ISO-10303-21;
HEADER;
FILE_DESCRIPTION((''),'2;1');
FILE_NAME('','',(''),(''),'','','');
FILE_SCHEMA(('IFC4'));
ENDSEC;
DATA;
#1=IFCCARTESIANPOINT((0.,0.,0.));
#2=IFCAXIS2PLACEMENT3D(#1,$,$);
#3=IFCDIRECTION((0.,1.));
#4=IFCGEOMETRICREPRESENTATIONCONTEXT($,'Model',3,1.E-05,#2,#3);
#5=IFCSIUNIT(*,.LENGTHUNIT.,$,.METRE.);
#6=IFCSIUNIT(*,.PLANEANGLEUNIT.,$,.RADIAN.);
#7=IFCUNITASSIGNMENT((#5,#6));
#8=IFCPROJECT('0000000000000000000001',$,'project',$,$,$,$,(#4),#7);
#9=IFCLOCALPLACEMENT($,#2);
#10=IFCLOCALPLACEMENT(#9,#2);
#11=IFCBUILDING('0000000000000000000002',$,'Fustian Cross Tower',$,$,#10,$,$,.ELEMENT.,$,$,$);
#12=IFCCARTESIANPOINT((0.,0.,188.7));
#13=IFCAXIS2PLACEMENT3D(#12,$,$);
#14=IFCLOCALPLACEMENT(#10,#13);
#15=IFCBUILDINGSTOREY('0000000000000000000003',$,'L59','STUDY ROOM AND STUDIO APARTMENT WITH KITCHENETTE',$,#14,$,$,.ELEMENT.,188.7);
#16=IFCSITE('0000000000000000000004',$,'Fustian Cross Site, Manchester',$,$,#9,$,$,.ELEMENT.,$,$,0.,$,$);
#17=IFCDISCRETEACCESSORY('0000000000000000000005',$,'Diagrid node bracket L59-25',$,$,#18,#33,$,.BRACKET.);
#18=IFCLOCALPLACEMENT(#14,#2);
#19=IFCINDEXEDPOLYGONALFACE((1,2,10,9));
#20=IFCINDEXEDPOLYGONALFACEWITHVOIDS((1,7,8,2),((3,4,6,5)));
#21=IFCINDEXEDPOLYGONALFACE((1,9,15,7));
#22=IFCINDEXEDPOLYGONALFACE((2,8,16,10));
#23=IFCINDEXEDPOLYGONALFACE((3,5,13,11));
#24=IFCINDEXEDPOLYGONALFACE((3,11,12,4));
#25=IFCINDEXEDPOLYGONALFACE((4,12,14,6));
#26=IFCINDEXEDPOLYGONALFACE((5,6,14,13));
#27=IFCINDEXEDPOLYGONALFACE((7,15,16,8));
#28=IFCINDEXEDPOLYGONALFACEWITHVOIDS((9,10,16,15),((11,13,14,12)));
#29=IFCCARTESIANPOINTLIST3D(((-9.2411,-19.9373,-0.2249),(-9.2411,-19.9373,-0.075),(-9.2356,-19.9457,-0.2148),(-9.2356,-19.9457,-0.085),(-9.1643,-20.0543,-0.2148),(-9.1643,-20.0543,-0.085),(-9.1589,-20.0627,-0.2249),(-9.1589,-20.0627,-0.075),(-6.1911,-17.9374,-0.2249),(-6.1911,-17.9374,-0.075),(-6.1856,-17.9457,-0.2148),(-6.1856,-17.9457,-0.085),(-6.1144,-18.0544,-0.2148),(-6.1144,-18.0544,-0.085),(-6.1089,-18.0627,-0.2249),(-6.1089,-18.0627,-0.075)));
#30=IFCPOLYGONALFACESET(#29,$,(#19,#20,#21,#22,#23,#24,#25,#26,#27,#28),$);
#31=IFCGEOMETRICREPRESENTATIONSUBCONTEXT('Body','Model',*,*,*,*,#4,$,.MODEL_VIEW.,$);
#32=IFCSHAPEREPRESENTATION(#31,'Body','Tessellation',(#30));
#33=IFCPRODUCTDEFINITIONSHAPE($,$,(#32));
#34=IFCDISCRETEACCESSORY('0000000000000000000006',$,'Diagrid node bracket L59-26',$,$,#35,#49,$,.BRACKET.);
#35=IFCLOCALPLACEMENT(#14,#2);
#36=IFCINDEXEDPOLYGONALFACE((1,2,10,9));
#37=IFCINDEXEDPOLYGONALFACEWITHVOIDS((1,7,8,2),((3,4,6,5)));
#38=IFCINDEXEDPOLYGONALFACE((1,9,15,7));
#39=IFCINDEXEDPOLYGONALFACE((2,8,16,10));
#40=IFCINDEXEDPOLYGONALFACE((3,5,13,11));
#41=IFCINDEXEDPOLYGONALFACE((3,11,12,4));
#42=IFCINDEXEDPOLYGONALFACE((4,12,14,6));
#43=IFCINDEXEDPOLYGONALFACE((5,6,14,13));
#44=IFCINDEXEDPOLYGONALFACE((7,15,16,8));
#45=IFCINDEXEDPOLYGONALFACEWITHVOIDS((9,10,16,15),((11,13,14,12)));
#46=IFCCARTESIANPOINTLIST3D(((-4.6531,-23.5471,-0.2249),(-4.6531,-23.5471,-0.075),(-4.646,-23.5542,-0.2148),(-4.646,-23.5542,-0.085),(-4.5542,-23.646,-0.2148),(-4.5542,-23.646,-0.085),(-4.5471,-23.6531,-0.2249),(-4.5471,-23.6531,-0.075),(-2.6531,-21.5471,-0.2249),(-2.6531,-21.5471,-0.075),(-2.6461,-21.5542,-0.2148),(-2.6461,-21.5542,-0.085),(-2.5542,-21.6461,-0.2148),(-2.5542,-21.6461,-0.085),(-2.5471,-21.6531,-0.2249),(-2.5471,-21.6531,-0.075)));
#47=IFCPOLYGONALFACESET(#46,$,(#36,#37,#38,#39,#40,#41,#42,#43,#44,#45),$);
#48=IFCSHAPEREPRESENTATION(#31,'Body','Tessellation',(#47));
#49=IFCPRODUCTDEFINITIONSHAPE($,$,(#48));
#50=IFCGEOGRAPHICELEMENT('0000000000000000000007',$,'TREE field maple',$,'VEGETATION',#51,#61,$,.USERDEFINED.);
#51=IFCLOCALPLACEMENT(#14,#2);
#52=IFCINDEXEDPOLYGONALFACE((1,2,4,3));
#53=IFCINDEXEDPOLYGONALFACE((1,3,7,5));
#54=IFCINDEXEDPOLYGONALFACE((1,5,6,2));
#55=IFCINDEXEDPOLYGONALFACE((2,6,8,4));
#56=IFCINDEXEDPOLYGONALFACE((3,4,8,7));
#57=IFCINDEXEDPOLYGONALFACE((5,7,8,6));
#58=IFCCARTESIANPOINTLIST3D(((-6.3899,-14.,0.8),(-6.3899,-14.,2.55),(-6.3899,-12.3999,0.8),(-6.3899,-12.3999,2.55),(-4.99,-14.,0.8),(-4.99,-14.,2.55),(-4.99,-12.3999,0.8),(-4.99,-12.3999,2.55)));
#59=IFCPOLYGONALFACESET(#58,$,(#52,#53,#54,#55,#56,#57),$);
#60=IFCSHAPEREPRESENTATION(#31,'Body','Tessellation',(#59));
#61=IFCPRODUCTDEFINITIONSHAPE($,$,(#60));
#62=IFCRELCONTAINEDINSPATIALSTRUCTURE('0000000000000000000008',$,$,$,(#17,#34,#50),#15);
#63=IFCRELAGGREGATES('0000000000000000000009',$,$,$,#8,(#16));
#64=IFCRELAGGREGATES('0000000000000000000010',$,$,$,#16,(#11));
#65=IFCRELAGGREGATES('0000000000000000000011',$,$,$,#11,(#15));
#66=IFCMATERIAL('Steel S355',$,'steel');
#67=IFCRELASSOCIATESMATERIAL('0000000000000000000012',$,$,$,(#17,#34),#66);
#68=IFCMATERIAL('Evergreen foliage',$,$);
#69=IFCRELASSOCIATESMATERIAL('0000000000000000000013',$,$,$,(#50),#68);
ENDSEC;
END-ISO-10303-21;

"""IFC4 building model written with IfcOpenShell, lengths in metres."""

from ifc_helpers import new_model, si_unit, direction, frame, origin, origin_2d, place, context, subcontext, project, spatial, rectangle, hollow_rectangle, extrude, material, element, save


model = new_model("IFC4")

# Units and contexts
model_context = context("Model", 3, precision=1e-05, world=origin(), true_north=direction((0.0, 1.0)))
body_context = subcontext(model_context, "Body", "Model", "MODEL_VIEW")
ifc_project = project(units=[si_unit("LENGTHUNIT", "METRE"), si_unit("PLANEANGLEUNIT", "RADIAN")], contexts=[model_context])

# Site, building, storey
site_placement = place(None, origin())
site = spatial("IfcSite", under=ifc_project, at=site_placement, Name="Fustian Cross Site, Manchester", CompositionType="ELEMENT", RefElevation=0.0)
building_placement = place(site_placement, origin())
building = spatial("IfcBuilding", under=site, at=building_placement, Name="Fustian Cross Tower", CompositionType="ELEMENT")
storey_placement = place(building_placement, frame((0.0, 0.0, 188.7)))
storey = spatial("IfcBuildingStorey", under=building, at=storey_placement, Name="L59", Description="STUDY ROOM AND STUDIO APARTMENT WITH KITCHENETTE", CompositionType="ELEMENT", Elevation=188.7)

# Discrete accessories
ifc_material_1 = material(Name="Steel S355", Category="steel")
discrete_accessory_1_placement = place(storey_placement, frame((-9.2, -20.0, -0.1499), z_axis=(0.836248, 0.548351, 0.0), x_axis=(-0.548351, 0.836248, 0.0)))
element("IfcDiscreteAccessory", 1, at=discrete_accessory_1_placement, inside=storey, material=ifc_material_1, Name="Diagrid node bracket L59-25", PredefinedType="BRACKET", context=body_context, shape_type="SweptSolid", body=[
    extrude(hollow_rectangle(XDim=0.1499, YDim=0.1499, WallThickness=0.01, at=origin_2d()), origin(), (0.0, 0.0, 1.0), 3.6472),
])
discrete_accessory_2_placement = place(storey_placement, frame((-4.6001, -23.6001, -0.1499), z_axis=(0.707107, 0.707107, 0.0), x_axis=(-0.707107, 0.707107, 0.0)))
element("IfcDiscreteAccessory", 2, at=discrete_accessory_2_placement, inside=storey, material=ifc_material_1, Name="Diagrid node bracket L59-26", PredefinedType="BRACKET", context=body_context, shape_type="SweptSolid", body=[
    extrude(hollow_rectangle(XDim=0.1499, YDim=0.1499, WallThickness=0.01, at=origin_2d()), origin(), (0.0, 0.0, 1.0), 2.8284),
])

# Geographic element
ifc_material_2 = material(Name="Evergreen foliage")
geographic_element_placement = place(storey_placement, frame((-5.6899, -13.2, 0.8), z_axis=(0.0, 0.0, 1.0), x_axis=(1.0, 0.0, 0.0)))
element("IfcGeographicElement", 3, at=geographic_element_placement, inside=storey, material=ifc_material_2, Name="TREE field maple", ObjectType="VEGETATION", PredefinedType="USERDEFINED", context=body_context, shape_type="SweptSolid", body=[
    extrude(rectangle(XDim=1.3999, YDim=1.6001, at=origin_2d()), origin(), (0.0, 0.0, 1.0), 1.75),
])

save(model, "model.ifc")
